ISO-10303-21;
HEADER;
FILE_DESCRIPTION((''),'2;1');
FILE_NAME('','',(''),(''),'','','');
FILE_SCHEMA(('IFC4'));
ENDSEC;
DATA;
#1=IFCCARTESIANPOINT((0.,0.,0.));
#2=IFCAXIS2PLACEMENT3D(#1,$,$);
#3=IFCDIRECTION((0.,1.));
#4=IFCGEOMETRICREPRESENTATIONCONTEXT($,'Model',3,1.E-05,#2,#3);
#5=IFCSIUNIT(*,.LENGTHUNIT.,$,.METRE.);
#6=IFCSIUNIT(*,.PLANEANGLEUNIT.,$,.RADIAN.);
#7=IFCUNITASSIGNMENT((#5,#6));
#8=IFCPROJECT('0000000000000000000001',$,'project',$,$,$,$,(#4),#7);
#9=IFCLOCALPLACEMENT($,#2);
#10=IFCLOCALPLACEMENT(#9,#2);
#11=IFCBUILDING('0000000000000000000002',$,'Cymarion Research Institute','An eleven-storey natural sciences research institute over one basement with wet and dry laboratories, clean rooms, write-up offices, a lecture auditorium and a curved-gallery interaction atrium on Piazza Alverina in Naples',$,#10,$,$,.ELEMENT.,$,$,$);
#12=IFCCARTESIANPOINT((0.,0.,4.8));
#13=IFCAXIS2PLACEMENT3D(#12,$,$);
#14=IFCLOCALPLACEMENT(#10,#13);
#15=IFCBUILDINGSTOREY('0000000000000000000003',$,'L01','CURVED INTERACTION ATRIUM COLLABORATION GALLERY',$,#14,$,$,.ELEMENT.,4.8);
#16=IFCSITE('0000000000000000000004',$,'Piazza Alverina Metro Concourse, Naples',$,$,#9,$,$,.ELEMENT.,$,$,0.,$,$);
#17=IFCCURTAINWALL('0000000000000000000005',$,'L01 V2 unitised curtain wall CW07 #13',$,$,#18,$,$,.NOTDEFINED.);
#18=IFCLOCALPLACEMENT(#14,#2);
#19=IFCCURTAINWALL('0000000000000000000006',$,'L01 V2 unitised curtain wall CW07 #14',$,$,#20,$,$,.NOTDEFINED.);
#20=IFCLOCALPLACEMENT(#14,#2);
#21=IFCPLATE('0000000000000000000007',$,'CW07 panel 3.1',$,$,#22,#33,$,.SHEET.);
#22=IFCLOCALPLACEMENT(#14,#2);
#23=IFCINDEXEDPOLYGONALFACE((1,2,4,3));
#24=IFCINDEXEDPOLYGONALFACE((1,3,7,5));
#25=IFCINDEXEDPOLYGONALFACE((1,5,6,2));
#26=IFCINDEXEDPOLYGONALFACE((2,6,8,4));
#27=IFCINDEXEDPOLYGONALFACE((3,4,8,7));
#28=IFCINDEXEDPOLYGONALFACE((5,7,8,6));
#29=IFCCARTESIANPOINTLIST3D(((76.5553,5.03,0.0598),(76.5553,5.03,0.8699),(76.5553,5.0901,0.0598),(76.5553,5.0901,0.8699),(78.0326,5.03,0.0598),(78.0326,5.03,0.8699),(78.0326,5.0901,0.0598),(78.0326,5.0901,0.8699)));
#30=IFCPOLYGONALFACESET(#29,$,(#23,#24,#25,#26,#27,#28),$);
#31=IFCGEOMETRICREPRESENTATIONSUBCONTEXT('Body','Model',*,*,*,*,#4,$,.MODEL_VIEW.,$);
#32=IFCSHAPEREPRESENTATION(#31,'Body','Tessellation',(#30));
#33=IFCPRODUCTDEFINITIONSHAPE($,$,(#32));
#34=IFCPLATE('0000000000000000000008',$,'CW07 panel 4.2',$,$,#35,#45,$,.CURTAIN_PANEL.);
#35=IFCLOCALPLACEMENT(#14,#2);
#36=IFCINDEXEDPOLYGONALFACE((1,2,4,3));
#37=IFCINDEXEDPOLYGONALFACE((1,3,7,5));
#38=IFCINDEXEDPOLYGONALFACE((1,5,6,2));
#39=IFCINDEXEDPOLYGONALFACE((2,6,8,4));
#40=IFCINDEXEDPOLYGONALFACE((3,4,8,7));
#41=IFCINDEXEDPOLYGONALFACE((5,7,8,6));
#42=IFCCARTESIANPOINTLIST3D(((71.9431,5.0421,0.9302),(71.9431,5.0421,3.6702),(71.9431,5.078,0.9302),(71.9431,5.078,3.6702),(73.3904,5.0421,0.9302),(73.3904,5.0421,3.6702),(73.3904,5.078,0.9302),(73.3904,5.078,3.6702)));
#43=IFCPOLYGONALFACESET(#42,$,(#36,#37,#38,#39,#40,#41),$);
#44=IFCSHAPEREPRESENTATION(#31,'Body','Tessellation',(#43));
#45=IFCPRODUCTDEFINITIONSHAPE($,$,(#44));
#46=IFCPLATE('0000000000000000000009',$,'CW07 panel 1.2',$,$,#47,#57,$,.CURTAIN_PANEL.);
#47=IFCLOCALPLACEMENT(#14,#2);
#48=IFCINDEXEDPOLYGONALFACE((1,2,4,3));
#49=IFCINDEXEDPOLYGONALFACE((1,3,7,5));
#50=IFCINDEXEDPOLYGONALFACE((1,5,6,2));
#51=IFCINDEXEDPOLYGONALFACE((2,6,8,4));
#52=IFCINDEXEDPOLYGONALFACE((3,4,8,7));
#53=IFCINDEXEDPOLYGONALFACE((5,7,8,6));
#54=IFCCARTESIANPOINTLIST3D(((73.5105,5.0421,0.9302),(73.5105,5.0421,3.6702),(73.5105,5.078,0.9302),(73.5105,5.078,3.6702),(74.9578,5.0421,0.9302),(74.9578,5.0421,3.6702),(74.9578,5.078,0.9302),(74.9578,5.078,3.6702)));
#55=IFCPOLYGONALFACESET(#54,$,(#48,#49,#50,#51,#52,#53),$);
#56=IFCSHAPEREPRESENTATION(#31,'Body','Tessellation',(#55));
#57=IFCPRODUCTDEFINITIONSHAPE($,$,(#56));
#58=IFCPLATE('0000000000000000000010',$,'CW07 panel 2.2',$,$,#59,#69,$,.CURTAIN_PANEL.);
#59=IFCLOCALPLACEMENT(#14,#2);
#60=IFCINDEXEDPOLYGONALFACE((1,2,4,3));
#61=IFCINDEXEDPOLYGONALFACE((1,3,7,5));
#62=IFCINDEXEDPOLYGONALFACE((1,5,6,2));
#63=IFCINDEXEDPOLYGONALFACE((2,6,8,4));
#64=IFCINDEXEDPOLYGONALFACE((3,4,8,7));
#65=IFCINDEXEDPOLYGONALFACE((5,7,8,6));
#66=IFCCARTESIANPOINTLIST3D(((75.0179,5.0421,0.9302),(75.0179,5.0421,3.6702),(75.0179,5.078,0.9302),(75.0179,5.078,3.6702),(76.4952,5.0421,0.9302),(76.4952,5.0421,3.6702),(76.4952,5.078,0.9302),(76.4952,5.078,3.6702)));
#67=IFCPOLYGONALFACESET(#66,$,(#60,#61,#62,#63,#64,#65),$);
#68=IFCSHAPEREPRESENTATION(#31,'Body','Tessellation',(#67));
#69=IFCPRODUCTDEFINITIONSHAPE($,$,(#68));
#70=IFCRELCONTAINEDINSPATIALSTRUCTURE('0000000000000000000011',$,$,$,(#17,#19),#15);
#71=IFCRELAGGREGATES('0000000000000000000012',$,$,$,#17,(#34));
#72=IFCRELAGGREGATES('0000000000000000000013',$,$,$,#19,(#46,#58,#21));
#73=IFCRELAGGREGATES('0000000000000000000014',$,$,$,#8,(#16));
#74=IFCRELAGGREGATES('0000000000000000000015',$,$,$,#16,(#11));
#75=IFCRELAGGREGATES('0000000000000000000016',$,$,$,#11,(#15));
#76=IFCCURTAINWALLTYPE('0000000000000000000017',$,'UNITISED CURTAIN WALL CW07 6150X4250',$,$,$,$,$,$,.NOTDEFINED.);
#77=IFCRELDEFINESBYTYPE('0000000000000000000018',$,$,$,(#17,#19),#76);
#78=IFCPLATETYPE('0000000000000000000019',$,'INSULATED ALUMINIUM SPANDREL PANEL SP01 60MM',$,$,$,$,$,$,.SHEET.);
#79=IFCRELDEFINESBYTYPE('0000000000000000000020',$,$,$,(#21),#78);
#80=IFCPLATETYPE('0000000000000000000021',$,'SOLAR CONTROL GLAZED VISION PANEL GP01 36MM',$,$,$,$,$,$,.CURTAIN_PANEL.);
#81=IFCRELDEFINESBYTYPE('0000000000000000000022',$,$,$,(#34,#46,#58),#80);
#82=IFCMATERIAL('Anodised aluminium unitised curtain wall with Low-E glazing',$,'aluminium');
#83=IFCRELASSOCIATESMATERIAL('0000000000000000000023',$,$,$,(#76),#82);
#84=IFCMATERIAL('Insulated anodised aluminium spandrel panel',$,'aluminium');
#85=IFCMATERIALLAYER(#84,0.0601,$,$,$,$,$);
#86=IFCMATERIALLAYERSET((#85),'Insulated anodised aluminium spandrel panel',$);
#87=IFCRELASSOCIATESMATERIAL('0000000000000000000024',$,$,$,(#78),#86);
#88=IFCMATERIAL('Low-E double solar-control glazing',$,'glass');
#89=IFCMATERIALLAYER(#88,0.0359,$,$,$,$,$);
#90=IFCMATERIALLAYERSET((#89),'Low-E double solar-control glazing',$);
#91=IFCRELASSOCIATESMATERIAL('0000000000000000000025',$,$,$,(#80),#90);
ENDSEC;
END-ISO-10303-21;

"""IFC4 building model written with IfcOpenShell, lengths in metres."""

from ifc_helpers import new_model, si_unit, direction, frame, origin, origin_2d, place, context, subcontext, project, spatial, rectangle, extrude, material, layer, layer_set, type_object, element, aggregate, save


model = new_model("IFC4")

# Units and contexts
model_context = context("Model", 3, precision=1e-05, world=origin(), true_north=direction((0.0, 1.0)))
body_context = subcontext(model_context, "Body", "Model", "MODEL_VIEW")
ifc_project = project(units=[si_unit("LENGTHUNIT", "METRE"), si_unit("PLANEANGLEUNIT", "RADIAN")], contexts=[model_context])

# Site, building, storey
site_placement = place(None, origin())
site = spatial("IfcSite", under=ifc_project, at=site_placement, Name="Piazza Alverina Metro Concourse, Naples", CompositionType="ELEMENT", RefElevation=0.0)
building_placement = place(site_placement, origin())
building = spatial("IfcBuilding", under=site, at=building_placement, Name="Cymarion Research Institute", Description="An eleven-storey natural sciences research institute over one basement with wet and dry laboratories, clean rooms, write-up offices, a lecture auditorium and a curved-gallery interaction atrium on Piazza Alverina in Naples", CompositionType="ELEMENT")
storey_placement = place(building_placement, frame((0.0, 0.0, 4.8)))
storey = spatial("IfcBuildingStorey", under=building, at=storey_placement, Name="L01", Description="CURVED INTERACTION ATRIUM COLLABORATION GALLERY", CompositionType="ELEMENT", Elevation=4.8)

# Curtain wall
ifc_material_1 = material(Name="Anodised aluminium unitised curtain wall with Low-E glazing", Category="aluminium")
curtain_wall_type = type_object("IfcCurtainWallType", Name="UNITISED CURTAIN WALL CW07 6150X4250", PredefinedType="NOTDEFINED", material=ifc_material_1)
curtain_wall_1_placement = place(storey_placement, origin())
curtain_wall_1 = element("IfcCurtainWall", 1, at=curtain_wall_1_placement, inside=storey, type_object=curtain_wall_type, Name="L01 V2 unitised curtain wall CW07 #13", PredefinedType="NOTDEFINED")

# Curtain wall
curtain_wall_2_placement = place(storey_placement, origin())
curtain_wall_2 = element("IfcCurtainWall", 2, at=curtain_wall_2_placement, inside=storey, type_object=curtain_wall_type, Name="L01 V2 unitised curtain wall CW07 #14", PredefinedType="NOTDEFINED")

# Plates
ifc_material_2 = material(Name="Insulated anodised aluminium spandrel panel", Category="aluminium")
ifc_layer_1 = layer(ifc_material_2, 0.0601)
ifc_layer_set_1 = layer_set([ifc_layer_1], Name="Insulated anodised aluminium spandrel panel")
plate_type_1 = type_object("IfcPlateType", Name="INSULATED ALUMINIUM SPANDREL PANEL SP01 60MM", PredefinedType="SHEET", material=ifc_layer_set_1)
plate_1_placement = place(storey_placement, frame((77.2939, 5.0601, 0.0598), z_axis=(0.0, 0.0, 1.0), x_axis=(1.0, 0.0, 0.0)))
plate_1 = element("IfcPlate", 3, at=plate_1_placement, type_object=plate_type_1, Name="CW07 panel 3.1", PredefinedType="SHEET", context=body_context, shape_type="SweptSolid", body=[
    extrude(rectangle(XDim=1.4773, YDim=0.0601, at=origin_2d()), origin(), (0.0, 0.0, 1.0), 0.8101),
])
ifc_material_3 = material(Name="Low-E double solar-control glazing", Category="glass")
ifc_layer_2 = layer(ifc_material_3, 0.0359)
ifc_layer_set_2 = layer_set([ifc_layer_2], Name="Low-E double solar-control glazing")
plate_type_2 = type_object("IfcPlateType", Name="SOLAR CONTROL GLAZED VISION PANEL GP01 36MM", PredefinedType="CURTAIN_PANEL", material=ifc_layer_set_2)
plate_2_placement = place(storey_placement, frame((72.6667, 5.0601, 0.9302), z_axis=(0.0, 0.0, 1.0), x_axis=(1.0, 0.0, 0.0)))
plate_2 = element("IfcPlate", 4, at=plate_2_placement, type_object=plate_type_2, Name="CW07 panel 4.2", PredefinedType="CURTAIN_PANEL", context=body_context, shape_type="SweptSolid", body=[
    extrude(rectangle(XDim=1.4473, YDim=0.0359, at=origin_2d()), origin(), (0.0, 0.0, 1.0), 2.74),
])
aggregate(curtain_wall_1, [plate_2])
plate_3_placement = place(storey_placement, frame((74.2341, 5.0601, 0.9302), z_axis=(0.0, 0.0, 1.0), x_axis=(1.0, 0.0, 0.0)))
plate_3 = element("IfcPlate", 5, at=plate_3_placement, type_object=plate_type_2, Name="CW07 panel 1.2", PredefinedType="CURTAIN_PANEL", context=body_context, shape_type="SweptSolid", body=[
    extrude(rectangle(XDim=1.4473, YDim=0.0359, at=origin_2d()), origin(), (0.0, 0.0, 1.0), 2.74),
])
plate_4_placement = place(storey_placement, frame((75.7566, 5.0601, 0.9302), z_axis=(0.0, 0.0, 1.0), x_axis=(1.0, 0.0, 0.0)))
plate_4 = element("IfcPlate", 6, at=plate_4_placement, type_object=plate_type_2, Name="CW07 panel 2.2", PredefinedType="CURTAIN_PANEL", context=body_context, shape_type="SweptSolid", body=[
    extrude(rectangle(XDim=1.4773, YDim=0.0359, at=origin_2d()), origin(), (0.0, 0.0, 1.0), 2.74),
])
aggregate(curtain_wall_2, [plate_3, plate_4, plate_1])

save(model, "model.ifc")
